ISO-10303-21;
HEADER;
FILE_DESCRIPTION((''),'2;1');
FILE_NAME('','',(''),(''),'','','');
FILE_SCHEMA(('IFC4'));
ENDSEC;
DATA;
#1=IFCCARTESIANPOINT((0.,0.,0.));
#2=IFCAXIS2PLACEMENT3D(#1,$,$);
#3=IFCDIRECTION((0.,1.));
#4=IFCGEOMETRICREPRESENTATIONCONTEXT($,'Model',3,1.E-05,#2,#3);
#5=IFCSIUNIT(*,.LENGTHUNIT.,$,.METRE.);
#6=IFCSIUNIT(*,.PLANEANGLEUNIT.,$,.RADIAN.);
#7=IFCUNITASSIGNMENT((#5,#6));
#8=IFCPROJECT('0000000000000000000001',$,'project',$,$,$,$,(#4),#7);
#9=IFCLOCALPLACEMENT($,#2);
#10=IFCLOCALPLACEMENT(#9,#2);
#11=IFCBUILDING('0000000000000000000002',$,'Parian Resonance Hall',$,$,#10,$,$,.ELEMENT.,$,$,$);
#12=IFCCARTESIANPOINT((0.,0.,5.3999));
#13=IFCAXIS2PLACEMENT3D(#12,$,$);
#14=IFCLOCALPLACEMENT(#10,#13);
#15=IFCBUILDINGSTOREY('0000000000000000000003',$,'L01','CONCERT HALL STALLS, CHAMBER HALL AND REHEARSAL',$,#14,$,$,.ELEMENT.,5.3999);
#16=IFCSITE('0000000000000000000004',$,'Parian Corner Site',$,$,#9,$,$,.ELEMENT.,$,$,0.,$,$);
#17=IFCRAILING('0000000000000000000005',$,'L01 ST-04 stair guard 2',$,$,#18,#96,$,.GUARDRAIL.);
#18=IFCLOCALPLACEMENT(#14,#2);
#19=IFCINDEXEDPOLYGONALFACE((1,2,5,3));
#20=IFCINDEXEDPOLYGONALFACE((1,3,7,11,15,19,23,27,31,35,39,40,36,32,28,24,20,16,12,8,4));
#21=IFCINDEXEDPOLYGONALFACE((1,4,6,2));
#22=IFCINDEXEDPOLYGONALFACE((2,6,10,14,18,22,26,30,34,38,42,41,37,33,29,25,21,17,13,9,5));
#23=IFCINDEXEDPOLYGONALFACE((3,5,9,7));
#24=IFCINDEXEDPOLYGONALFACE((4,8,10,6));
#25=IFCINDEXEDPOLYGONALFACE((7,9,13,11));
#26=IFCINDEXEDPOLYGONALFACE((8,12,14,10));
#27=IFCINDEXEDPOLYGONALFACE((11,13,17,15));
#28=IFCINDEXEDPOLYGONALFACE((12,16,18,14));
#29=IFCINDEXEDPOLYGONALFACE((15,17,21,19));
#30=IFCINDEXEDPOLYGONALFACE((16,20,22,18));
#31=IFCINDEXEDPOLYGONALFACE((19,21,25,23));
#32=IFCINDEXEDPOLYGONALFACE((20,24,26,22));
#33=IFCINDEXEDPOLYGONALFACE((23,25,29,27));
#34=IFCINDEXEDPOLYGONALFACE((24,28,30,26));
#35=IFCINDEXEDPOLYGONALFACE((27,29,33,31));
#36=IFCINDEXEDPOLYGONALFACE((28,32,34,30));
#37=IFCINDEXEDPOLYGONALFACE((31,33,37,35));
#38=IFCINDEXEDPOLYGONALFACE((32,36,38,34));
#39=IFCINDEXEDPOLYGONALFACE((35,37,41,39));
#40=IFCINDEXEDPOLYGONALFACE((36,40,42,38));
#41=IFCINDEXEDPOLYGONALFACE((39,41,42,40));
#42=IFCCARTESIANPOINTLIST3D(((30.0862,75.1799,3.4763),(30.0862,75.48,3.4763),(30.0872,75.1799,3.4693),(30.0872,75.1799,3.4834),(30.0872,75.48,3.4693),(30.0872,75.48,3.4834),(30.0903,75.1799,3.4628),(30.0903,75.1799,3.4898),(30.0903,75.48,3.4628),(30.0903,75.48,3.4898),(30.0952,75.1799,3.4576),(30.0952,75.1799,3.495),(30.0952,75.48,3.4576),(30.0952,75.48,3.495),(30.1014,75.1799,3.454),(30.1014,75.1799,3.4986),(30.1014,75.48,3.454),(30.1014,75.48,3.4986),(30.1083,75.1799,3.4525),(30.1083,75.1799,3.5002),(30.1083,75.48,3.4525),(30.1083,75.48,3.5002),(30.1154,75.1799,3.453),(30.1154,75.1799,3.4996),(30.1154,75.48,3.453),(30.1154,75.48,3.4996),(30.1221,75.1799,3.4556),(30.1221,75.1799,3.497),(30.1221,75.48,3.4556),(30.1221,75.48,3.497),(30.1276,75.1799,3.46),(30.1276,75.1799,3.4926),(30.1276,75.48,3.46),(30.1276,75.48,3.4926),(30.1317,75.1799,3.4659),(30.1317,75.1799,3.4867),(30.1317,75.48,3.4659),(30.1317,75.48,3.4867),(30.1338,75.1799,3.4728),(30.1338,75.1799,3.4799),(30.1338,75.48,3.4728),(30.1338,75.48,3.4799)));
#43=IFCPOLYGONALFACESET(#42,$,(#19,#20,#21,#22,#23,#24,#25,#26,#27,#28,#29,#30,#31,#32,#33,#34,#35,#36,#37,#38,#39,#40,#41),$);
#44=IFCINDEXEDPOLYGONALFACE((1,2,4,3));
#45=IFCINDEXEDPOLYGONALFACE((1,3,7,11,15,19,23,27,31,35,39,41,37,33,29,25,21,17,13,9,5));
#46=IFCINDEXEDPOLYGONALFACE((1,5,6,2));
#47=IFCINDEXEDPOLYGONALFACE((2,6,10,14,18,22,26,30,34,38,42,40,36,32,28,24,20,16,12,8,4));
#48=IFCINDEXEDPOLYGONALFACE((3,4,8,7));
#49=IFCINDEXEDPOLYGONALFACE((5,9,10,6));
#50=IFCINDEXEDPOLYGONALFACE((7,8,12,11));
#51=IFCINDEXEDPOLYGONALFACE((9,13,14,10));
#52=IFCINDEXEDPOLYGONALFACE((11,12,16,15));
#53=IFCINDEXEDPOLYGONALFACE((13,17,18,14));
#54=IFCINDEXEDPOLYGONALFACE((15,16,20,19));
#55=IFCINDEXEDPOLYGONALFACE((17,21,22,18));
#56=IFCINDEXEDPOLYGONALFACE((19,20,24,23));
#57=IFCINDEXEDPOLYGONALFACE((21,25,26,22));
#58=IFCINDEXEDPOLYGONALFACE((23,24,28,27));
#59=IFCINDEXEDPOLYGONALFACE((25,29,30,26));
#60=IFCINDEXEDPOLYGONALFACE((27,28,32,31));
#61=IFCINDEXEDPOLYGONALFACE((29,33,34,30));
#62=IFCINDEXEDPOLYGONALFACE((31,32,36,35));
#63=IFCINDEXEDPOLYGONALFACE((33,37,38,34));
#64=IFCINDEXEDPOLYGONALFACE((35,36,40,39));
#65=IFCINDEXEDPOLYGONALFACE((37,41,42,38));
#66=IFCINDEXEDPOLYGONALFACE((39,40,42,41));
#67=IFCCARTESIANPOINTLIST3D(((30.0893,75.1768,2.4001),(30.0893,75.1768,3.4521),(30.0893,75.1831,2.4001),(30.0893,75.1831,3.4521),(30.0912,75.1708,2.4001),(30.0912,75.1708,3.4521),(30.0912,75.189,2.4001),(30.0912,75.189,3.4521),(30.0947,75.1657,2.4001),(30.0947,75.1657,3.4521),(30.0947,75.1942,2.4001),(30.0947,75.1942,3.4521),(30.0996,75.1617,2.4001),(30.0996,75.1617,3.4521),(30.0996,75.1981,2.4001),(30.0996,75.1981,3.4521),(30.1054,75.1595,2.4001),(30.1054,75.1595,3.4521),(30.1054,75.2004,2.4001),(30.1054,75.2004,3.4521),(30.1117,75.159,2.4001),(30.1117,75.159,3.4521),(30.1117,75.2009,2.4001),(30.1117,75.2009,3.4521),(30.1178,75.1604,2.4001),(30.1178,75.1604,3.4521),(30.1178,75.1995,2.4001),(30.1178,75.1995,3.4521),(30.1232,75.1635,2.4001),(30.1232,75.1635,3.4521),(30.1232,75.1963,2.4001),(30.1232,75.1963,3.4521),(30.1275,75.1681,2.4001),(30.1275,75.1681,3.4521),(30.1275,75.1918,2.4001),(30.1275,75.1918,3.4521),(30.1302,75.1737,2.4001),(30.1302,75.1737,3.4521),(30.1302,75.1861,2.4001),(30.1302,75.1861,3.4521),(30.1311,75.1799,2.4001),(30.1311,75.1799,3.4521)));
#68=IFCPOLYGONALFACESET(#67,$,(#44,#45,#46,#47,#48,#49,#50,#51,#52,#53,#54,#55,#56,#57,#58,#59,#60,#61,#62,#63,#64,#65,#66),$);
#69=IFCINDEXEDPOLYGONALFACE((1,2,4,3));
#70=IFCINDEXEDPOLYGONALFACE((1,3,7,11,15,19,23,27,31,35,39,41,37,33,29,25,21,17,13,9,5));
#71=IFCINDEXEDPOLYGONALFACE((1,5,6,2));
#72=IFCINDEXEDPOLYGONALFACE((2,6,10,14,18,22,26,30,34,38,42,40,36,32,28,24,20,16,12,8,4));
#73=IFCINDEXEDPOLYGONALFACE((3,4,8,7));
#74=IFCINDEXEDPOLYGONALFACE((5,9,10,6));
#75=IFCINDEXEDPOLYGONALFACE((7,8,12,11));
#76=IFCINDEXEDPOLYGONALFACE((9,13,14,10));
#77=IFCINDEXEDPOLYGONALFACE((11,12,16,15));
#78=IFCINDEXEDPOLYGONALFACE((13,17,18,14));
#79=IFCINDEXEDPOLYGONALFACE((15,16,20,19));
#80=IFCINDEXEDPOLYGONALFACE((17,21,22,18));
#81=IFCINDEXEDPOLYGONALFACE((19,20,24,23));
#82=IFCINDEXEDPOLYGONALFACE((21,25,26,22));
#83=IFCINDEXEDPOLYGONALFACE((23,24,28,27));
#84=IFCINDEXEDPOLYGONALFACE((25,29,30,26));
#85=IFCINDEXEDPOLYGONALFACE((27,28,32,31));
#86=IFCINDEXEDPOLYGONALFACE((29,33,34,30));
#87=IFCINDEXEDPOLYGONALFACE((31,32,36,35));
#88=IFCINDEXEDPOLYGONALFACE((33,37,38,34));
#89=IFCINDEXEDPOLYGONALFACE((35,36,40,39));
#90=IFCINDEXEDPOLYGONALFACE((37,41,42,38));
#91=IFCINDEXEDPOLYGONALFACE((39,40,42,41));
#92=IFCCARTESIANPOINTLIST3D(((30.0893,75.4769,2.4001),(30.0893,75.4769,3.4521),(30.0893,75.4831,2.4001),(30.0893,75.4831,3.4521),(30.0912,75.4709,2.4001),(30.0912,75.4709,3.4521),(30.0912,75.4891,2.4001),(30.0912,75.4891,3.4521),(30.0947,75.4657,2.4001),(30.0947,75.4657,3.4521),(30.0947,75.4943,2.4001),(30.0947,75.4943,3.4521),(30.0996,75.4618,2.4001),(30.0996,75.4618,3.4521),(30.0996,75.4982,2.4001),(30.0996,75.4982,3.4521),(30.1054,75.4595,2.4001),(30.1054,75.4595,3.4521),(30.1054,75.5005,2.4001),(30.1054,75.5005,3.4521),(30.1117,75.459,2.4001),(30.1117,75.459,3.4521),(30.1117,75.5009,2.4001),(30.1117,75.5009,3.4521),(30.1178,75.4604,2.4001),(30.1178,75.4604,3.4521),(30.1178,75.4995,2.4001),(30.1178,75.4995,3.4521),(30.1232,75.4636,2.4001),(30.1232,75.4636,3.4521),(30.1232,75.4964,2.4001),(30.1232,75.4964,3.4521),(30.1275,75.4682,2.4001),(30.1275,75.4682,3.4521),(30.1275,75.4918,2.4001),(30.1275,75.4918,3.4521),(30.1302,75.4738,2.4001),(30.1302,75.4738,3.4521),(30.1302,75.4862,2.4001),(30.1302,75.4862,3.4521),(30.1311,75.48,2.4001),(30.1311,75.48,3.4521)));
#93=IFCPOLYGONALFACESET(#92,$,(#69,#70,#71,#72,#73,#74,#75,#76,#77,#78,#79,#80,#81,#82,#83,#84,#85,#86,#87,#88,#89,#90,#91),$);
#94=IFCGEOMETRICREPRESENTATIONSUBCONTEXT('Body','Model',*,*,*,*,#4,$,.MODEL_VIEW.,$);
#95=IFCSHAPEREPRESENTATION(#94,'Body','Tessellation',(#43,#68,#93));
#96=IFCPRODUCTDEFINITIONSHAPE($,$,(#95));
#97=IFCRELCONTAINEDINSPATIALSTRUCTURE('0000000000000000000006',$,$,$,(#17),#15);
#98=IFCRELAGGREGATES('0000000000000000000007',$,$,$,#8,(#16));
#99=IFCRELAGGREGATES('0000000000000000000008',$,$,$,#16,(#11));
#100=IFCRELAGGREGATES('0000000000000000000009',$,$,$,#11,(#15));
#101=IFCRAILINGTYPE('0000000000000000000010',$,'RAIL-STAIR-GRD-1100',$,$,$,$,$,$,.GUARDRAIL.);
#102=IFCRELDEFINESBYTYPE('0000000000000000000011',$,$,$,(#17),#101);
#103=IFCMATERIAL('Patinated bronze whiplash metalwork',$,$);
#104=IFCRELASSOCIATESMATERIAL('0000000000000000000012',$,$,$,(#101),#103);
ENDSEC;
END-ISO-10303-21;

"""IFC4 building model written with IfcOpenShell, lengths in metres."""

from ifc_helpers import new_model, si_unit, direction, frame, origin, origin_2d, place, context, subcontext, project, spatial, circle, extrude, material, type_object, element, save


model = new_model("IFC4")

# Units and contexts
model_context = context("Model", 3, precision=1e-05, world=origin(), true_north=direction((0.0, 1.0)))
body_context = subcontext(model_context, "Body", "Model", "MODEL_VIEW")
ifc_project = project(units=[si_unit("LENGTHUNIT", "METRE"), si_unit("PLANEANGLEUNIT", "RADIAN")], contexts=[model_context])

# Site, building, storey
site_placement = place(None, origin())
site = spatial("IfcSite", under=ifc_project, at=site_placement, Name="Parian Corner Site", CompositionType="ELEMENT", RefElevation=0.0)
building_placement = place(site_placement, origin())
building = spatial("IfcBuilding", under=site, at=building_placement, Name="Parian Resonance Hall", CompositionType="ELEMENT")
storey_placement = place(building_placement, frame((0.0, 0.0, 5.3999)))
storey = spatial("IfcBuildingStorey", under=building, at=storey_placement, Name="L01", Description="CONCERT HALL STALLS, CHAMBER HALL AND REHEARSAL", CompositionType="ELEMENT", Elevation=5.3999)

# Railing
ifc_material_1 = material(Name="Patinated bronze whiplash metalwork")
railing_type_1 = type_object("IfcRailingType", Name="RAIL-STAIR-GRD-1100", PredefinedType="GUARDRAIL", material=ifc_material_1)
railing_1_placement = place(storey_placement, frame((30.1101, 75.1799, 2.4001)))
element("IfcRailing", 1, at=railing_1_placement, inside=storey, type_object=railing_type_1, Name="L01 ST-04 stair guard 2", PredefinedType="GUARDRAIL", context=body_context, shape_type="SweptSolid", body=[
    extrude(circle(Radius=0.0239, at=origin_2d()), frame((0.0, 0.0, 1.0762), z_axis=(0.0, 1.0, 0.0), x_axis=(-1.0, 0.0, 0.0)), (0.0, 0.0, 1.0), 0.3),
    extrude(circle(Radius=0.021, at=origin_2d()), origin(), (0.0, 0.0, 1.0), 1.052),
    extrude(circle(Radius=0.021, at=origin_2d()), frame((0.0, 0.3, 0.0)), (0.0, 0.0, 1.0), 1.052),
])

save(model, "model.ifc")
